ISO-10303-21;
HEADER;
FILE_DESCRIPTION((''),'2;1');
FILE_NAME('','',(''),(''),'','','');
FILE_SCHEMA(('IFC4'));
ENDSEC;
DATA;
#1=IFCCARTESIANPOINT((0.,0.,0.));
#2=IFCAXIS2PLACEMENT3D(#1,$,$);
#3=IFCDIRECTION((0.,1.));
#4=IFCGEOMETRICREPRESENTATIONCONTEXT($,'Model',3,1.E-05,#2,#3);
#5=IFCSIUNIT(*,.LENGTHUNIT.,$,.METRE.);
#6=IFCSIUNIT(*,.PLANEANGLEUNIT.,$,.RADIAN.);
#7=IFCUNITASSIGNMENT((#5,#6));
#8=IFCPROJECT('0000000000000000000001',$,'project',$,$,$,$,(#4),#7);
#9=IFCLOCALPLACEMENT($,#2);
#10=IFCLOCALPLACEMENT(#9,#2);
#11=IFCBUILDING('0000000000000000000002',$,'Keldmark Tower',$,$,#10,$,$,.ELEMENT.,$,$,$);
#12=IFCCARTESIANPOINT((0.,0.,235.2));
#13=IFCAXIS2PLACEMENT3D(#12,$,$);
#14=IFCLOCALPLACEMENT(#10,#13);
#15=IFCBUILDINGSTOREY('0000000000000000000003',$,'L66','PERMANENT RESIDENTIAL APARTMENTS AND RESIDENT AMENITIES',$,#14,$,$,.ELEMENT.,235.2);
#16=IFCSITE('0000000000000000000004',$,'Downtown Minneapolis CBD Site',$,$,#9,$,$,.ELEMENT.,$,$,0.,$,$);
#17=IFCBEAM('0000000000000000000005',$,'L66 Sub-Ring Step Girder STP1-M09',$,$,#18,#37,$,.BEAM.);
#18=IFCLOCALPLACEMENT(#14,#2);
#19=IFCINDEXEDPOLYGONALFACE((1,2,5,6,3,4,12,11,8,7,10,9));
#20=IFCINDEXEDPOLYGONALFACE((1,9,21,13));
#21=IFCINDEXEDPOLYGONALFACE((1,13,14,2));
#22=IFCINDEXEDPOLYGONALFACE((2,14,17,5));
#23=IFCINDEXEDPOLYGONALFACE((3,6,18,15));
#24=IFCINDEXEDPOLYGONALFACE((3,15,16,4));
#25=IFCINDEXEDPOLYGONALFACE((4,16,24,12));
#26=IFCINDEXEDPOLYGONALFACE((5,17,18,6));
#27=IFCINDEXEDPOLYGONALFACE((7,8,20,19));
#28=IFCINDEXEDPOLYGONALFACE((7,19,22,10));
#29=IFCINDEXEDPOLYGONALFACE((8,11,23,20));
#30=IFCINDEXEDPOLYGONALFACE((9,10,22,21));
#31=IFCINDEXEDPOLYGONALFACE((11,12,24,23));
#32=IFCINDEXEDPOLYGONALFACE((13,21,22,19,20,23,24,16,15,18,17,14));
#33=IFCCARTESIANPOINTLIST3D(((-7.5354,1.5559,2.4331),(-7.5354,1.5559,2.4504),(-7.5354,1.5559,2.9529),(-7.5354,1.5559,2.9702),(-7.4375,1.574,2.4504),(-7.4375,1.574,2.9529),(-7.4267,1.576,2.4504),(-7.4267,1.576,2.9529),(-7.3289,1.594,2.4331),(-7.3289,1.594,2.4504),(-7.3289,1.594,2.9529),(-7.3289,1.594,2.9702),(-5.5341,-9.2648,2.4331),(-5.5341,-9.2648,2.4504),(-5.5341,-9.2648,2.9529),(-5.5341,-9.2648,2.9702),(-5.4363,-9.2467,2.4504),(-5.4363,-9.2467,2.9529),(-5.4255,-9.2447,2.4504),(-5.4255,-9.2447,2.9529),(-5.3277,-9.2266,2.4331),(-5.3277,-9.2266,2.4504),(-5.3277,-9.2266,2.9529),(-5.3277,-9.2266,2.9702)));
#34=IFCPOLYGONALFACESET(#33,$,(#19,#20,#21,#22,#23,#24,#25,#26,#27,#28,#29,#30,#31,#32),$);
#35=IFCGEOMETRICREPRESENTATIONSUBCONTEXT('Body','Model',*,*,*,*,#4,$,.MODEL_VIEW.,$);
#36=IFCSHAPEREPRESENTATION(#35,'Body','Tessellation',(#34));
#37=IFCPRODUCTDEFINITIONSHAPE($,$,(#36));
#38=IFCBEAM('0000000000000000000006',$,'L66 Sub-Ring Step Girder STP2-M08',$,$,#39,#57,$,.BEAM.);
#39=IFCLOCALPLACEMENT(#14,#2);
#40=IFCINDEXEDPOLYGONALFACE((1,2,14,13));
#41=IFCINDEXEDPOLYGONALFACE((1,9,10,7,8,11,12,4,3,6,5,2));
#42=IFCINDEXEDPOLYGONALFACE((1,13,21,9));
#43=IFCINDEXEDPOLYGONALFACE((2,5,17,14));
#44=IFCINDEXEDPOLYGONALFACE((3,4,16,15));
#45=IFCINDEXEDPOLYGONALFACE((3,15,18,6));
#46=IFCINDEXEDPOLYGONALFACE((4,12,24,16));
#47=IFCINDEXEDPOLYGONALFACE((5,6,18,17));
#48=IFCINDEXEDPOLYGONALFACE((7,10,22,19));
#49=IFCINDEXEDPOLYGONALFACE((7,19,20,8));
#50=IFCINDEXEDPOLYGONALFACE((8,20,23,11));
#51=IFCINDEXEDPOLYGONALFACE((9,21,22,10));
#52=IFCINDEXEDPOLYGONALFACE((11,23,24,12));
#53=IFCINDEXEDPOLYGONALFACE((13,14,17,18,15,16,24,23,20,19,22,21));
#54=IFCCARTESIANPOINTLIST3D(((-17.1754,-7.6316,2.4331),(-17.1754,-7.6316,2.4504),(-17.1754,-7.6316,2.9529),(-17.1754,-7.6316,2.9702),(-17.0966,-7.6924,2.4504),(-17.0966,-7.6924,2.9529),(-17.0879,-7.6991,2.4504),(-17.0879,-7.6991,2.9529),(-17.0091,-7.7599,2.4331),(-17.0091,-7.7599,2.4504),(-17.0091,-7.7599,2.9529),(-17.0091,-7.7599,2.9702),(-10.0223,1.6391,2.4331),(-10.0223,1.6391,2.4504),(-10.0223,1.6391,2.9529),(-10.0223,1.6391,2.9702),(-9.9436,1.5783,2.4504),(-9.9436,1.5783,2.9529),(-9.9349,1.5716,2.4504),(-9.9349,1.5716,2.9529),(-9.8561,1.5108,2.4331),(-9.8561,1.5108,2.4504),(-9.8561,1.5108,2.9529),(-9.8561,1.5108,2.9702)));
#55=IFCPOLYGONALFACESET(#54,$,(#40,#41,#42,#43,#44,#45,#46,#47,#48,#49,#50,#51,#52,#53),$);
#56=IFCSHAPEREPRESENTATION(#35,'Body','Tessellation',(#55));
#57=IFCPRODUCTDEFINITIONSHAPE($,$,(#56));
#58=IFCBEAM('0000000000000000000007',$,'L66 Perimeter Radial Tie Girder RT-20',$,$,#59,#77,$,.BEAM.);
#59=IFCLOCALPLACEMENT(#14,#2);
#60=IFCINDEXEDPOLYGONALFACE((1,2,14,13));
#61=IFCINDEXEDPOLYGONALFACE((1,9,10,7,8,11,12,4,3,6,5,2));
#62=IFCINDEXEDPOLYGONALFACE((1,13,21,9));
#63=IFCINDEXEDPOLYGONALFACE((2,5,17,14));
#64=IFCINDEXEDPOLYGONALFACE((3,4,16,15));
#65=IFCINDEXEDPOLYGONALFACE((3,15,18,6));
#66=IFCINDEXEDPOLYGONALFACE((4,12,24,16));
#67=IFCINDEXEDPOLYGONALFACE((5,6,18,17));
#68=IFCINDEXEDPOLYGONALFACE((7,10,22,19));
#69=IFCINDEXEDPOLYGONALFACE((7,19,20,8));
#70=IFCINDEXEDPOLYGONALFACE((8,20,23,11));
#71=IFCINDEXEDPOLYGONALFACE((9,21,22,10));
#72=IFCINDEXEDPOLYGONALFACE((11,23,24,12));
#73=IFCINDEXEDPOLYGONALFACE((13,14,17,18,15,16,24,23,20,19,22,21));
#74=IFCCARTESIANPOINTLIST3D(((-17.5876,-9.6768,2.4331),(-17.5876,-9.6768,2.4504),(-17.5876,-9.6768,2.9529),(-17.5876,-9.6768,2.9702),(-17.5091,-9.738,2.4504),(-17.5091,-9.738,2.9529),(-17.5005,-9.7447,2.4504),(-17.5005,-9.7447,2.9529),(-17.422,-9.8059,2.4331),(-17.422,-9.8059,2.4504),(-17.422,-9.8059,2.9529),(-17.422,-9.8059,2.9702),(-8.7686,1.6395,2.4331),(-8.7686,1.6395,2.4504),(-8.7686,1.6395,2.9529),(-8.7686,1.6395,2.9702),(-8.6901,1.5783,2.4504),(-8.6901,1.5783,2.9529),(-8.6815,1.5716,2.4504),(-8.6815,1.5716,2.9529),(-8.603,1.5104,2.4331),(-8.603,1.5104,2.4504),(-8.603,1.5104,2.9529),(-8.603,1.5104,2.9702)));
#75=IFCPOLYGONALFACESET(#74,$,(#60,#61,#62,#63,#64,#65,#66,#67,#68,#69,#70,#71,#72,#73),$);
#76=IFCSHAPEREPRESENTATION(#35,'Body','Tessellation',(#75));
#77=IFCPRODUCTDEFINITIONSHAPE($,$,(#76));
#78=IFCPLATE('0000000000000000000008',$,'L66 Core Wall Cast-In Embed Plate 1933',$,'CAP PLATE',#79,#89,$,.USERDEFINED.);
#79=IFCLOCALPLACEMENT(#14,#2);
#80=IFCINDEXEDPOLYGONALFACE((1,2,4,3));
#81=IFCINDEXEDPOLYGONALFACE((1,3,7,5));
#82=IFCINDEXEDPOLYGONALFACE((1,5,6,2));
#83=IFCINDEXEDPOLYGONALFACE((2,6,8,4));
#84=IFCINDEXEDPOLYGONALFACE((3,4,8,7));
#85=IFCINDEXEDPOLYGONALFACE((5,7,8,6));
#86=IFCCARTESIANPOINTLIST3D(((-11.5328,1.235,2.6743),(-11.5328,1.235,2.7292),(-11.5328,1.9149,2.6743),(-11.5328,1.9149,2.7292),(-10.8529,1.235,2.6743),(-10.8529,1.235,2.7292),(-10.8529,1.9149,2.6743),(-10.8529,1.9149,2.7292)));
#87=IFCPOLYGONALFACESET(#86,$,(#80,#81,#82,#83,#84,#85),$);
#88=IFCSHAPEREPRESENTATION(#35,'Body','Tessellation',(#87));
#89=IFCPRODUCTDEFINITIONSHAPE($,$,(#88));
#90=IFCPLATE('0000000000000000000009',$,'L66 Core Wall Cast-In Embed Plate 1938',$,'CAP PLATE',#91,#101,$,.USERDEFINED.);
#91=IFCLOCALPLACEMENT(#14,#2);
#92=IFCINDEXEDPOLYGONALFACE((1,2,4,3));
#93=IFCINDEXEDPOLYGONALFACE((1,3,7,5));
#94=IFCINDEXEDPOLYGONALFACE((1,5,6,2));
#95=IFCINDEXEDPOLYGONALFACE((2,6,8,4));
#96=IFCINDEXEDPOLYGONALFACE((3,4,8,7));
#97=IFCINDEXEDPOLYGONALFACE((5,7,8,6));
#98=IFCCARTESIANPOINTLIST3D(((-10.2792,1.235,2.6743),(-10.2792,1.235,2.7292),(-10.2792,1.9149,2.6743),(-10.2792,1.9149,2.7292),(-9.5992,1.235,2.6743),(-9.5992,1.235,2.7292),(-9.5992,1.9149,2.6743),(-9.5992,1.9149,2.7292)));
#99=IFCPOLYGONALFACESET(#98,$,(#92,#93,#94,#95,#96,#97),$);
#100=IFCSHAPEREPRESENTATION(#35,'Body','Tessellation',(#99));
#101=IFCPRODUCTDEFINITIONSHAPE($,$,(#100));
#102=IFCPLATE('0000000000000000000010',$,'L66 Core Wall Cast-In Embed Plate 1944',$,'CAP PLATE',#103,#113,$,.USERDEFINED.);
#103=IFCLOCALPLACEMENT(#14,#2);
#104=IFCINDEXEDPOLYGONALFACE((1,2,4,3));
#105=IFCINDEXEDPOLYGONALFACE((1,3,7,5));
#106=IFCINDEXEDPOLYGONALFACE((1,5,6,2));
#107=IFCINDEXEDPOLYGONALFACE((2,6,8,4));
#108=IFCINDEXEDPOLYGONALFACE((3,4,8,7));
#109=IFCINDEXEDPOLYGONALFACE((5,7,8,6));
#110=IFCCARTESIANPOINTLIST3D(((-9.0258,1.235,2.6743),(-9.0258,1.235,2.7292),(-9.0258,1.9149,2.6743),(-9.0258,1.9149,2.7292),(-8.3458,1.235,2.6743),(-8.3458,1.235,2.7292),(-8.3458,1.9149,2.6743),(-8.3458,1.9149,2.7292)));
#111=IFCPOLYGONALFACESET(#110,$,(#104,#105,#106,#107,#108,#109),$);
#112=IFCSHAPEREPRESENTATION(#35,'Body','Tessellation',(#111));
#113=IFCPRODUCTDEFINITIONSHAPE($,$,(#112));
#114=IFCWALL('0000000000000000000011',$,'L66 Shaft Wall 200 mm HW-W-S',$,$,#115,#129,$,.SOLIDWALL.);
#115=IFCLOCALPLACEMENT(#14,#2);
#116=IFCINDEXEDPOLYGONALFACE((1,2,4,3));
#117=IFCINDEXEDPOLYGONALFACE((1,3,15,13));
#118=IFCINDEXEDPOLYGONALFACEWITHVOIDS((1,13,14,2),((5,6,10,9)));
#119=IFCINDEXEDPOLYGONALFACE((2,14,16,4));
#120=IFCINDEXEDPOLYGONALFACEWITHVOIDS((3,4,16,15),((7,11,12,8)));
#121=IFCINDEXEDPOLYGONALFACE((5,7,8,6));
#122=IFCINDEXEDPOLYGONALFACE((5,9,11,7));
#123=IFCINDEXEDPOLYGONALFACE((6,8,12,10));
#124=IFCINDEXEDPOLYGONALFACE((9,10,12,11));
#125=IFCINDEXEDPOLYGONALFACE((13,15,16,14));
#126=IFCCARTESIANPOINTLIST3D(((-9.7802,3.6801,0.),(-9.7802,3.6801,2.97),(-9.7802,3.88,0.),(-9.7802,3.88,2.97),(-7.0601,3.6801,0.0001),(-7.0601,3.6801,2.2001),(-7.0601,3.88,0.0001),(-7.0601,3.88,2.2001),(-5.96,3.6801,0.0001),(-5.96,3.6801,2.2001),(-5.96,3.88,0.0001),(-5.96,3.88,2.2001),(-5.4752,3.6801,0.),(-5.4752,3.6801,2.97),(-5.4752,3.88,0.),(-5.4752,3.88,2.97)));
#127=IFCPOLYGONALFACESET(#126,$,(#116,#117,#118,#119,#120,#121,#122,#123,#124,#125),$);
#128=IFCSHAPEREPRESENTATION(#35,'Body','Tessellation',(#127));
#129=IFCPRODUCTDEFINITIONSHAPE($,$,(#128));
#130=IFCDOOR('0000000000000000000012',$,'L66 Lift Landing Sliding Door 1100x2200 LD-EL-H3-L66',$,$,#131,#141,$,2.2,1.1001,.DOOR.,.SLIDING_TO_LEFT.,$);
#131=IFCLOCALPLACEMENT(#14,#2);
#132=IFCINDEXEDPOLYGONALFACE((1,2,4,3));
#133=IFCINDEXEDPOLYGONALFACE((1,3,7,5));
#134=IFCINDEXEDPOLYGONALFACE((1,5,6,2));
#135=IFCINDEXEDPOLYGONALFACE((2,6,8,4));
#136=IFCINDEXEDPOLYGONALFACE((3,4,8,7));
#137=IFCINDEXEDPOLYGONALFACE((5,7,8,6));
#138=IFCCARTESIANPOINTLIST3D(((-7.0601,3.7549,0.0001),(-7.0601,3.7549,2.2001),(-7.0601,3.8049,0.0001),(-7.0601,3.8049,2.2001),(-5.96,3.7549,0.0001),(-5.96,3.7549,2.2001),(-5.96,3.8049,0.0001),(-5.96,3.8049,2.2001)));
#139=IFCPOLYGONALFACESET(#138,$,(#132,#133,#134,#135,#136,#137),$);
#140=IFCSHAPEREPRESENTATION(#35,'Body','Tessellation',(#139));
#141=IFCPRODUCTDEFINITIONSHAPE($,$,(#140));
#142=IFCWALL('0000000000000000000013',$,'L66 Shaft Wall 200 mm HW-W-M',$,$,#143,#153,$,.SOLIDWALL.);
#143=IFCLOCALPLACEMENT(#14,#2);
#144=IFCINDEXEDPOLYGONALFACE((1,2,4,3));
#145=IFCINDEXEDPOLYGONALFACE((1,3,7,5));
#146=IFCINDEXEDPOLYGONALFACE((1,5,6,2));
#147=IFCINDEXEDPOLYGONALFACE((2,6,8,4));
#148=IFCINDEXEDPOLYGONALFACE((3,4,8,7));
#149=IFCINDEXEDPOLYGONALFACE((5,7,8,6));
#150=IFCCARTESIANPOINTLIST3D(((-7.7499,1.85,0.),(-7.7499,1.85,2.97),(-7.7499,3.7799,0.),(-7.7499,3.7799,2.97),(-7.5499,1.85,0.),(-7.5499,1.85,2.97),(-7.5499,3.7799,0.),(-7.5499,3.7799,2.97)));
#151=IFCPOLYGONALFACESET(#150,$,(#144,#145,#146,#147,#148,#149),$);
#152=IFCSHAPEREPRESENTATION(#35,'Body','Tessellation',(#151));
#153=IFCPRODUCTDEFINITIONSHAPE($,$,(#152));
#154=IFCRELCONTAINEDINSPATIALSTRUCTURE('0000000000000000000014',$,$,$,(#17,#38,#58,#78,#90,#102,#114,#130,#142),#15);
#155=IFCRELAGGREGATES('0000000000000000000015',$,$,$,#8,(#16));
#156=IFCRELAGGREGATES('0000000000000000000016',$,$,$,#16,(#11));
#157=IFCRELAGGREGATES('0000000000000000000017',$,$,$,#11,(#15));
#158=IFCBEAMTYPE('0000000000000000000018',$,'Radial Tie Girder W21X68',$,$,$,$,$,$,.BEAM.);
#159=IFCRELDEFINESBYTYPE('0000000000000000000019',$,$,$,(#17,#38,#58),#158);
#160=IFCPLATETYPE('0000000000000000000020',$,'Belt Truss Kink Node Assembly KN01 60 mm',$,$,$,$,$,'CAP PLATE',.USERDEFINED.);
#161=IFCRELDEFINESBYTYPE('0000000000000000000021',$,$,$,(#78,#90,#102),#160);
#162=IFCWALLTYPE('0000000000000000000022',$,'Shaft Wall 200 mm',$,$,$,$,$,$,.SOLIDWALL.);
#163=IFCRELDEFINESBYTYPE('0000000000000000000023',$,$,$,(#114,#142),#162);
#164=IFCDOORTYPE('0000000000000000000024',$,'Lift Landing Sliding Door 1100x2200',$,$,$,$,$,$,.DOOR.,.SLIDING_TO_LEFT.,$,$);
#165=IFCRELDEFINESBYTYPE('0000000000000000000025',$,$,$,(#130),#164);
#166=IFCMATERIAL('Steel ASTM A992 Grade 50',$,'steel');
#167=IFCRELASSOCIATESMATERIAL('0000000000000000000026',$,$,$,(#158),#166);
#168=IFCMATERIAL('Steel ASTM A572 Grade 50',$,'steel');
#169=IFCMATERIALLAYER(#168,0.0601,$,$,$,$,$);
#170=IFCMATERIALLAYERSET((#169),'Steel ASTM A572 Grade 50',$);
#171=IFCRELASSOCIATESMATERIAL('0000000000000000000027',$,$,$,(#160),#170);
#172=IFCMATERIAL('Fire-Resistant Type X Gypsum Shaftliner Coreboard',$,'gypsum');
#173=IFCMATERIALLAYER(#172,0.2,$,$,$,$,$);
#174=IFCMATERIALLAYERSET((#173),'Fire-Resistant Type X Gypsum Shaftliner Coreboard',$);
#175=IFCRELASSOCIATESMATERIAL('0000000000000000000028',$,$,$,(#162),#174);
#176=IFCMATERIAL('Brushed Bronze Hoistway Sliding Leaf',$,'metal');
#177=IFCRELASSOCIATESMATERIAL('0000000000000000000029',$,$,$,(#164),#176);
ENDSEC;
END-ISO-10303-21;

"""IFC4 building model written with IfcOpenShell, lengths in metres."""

from ifc_helpers import new_model, si_unit, direction, frame, frame_2d, origin, origin_2d, place, context, subcontext, project, spatial, rectangle, i_section, extrude, material, layer, layer_set, material_profile, profile_set, type_object, element, fill, save


model = new_model("IFC4")

# Units and contexts
model_context = context("Model", 3, precision=1e-05, world=origin(), true_north=direction((0.0, 1.0)))
body_context = subcontext(model_context, "Body", "Model", "MODEL_VIEW")
ifc_project = project(units=[si_unit("LENGTHUNIT", "METRE"), si_unit("PLANEANGLEUNIT", "RADIAN")], contexts=[model_context])

# Site, building, storey
site_placement = place(None, origin())
site = spatial("IfcSite", under=ifc_project, at=site_placement, Name="Downtown Minneapolis CBD Site", CompositionType="ELEMENT", RefElevation=0.0)
building_placement = place(site_placement, origin())
building = spatial("IfcBuilding", under=site, at=building_placement, Name="Keldmark Tower", CompositionType="ELEMENT")
storey_placement = place(building_placement, frame((0.0, 0.0, 235.2)))
storey = spatial("IfcBuildingStorey", under=building, at=storey_placement, Name="L66", Description="PERMANENT RESIDENTIAL APARTMENTS AND RESIDENT AMENITIES", CompositionType="ELEMENT", Elevation=235.2)

# Beams
ifc_material_1 = material(Name="Steel ASTM A992 Grade 50", Category="steel")
ifc_material_profile = material_profile(ifc_material_1, i_section(OverallWidth=0.21, OverallDepth=0.5371, WebThickness=0.011, FlangeThickness=0.0173, at=origin_2d()), Name="W21X68")
ifc_profile_set = profile_set([ifc_material_profile], Name="Steel ASTM A992 Grade 50")
beam_type = type_object("IfcBeamType", Name="Radial Tie Girder W21X68", PredefinedType="BEAM", material=ifc_profile_set)
beam_1_placement = place(storey_placement, frame((-7.4321, 1.575, 2.7017), z_axis=(0.181862, -0.983324, 0.0), x_axis=(0.983324, 0.181862, 0.0)))
element("IfcBeam", 1, at=beam_1_placement, inside=storey, type_object=beam_type, Name="L66 Sub-Ring Step Girder STP1-M09", PredefinedType="BEAM", context=body_context, shape_type="SweptSolid", body=[
    extrude(i_section(OverallWidth=0.21, OverallDepth=0.5371, WebThickness=0.011, FlangeThickness=0.0173, at=origin_2d()), origin(), (0.0, 0.0, 1.0), 11.0042),
])
beam_2_placement = place(storey_placement, frame((-9.9392, 1.575, 2.7017), z_axis=(-0.610876, -0.791726, 0.0), x_axis=(0.791726, -0.610876, 0.0)))
element("IfcBeam", 2, at=beam_2_placement, inside=storey, type_object=beam_type, Name="L66 Sub-Ring Step Girder STP2-M08", PredefinedType="BEAM", context=body_context, shape_type="SweptSolid", body=[
    extrude(i_section(OverallWidth=0.21, OverallDepth=0.5371, WebThickness=0.011, FlangeThickness=0.0173, at=origin_2d()), origin(), (0.0, 0.0, 1.0), 11.7095),
])
beam_3_placement = place(storey_placement, frame((-8.6858, 1.575, 2.7017), z_axis=(-0.614698, -0.788763, 0.0), x_axis=(0.788763, -0.614698, 0.0)))
element("IfcBeam", 3, at=beam_3_placement, inside=storey, type_object=beam_type, Name="L66 Perimeter Radial Tie Girder RT-20", PredefinedType="BEAM", context=body_context, shape_type="SweptSolid", body=[
    extrude(i_section(OverallWidth=0.21, OverallDepth=0.5371, WebThickness=0.011, FlangeThickness=0.0173, at=origin_2d()), origin(), (0.0, 0.0, 1.0), 14.3469),
])

# Plates
ifc_material_2 = material(Name="Steel ASTM A572 Grade 50", Category="steel")
ifc_layer_1 = layer(ifc_material_2, 0.0601)
ifc_layer_set_1 = layer_set([ifc_layer_1], Name="Steel ASTM A572 Grade 50")
plate_type = type_object("IfcPlateType", Name="Belt Truss Kink Node Assembly KN01 60 mm", ElementType="CAP PLATE", PredefinedType="USERDEFINED", material=ifc_layer_set_1)
for number, where, z_axis, x_axis, name in (
    (4, (-11.1929, 1.575, 2.6743), (0.0, 0.0, 1.0), (1.0, 0.0, 0.0), "L66 Core Wall Cast-In Embed Plate 1933"),
    (5, (-9.9392, 1.575, 2.6743), (0.0, 0.0, 1.0), (1.0, 0.0, 0.0), "L66 Core Wall Cast-In Embed Plate 1938"),
    (6, (-8.6858, 1.575, 2.6743), (0.0, 0.0, 1.0), (1.0, 0.0, 0.0), "L66 Core Wall Cast-In Embed Plate 1944"),
):
    element("IfcPlate", number, at=place(storey_placement, frame(where, z_axis=z_axis, x_axis=x_axis)), inside=storey, type_object=plate_type, Name=name, ObjectType="CAP PLATE", PredefinedType="USERDEFINED", context=body_context, shape_type="SweptSolid", body=[
        extrude(rectangle(XDim=0.6799, YDim=0.6799, at=origin_2d()), origin(), (0.0, 0.0, 1.0), 0.0549),
    ])

# Wall, opening, door
ifc_material_3 = material(Name="Fire-Resistant Type X Gypsum Shaftliner Coreboard", Category="gypsum")
ifc_layer_2 = layer(ifc_material_3, 0.2)
ifc_layer_set_2 = layer_set([ifc_layer_2], Name="Fire-Resistant Type X Gypsum Shaftliner Coreboard")
wall_type_1 = type_object("IfcWallType", Name="Shaft Wall 200 mm", PredefinedType="SOLIDWALL", material=ifc_layer_set_2)
wall_1_placement = place(storey_placement, frame((-9.78, 3.78, 0.0), z_axis=(0.0, 0.0, 1.0), x_axis=(1.0, 0.0, 0.0)))
wall_1 = element("IfcWall", 7, at=wall_1_placement, inside=storey, type_object=wall_type_1, Name="L66 Shaft Wall 200 mm HW-W-S", PredefinedType="SOLIDWALL", context=body_context, shape_type="SweptSolid", body=[
    extrude(rectangle(XDim=4.3049, YDim=0.2, at=frame_2d((2.1523, 0.0))), origin(), (0.0, 0.0, 1.0), 2.97),
])
opening_1_placement = place(wall_1_placement, frame((2.72, 0.0, 0.0)))
opening_1 = element("IfcOpeningElement", 8, at=opening_1_placement, cuts=wall_1, PredefinedType="OPENING", context=body_context, shape_type="SweptSolid", body=[
    extrude(rectangle(XDim=1.1001, YDim=2.2, at=frame_2d((0.55, 1.1001))), frame((0.0, 0.1099, 0.0), z_axis=(0.0, -1.0, 0.0), x_axis=(1.0, 0.0, 0.0)), (0.0, 0.0, 1.0), 0.22),
])
ifc_material_4 = material(Name="Brushed Bronze Hoistway Sliding Leaf", Category="metal")
door_type = type_object("IfcDoorType", Name="Lift Landing Sliding Door 1100x2200", OperationType="SLIDING_TO_LEFT", PredefinedType="DOOR", material=ifc_material_4)
door_1_placement = place(opening_1_placement, origin())
door_1 = element("IfcDoor", 9, at=door_1_placement, inside=storey, type_object=door_type, Name="L66 Lift Landing Sliding Door 1100x2200 LD-EL-H3-L66", OperationType="SLIDING_TO_LEFT", OverallHeight=2.2, OverallWidth=1.1001, PredefinedType="DOOR", context=body_context, shape_type="SweptSolid", body=[
    extrude(rectangle(XDim=1.1001, YDim=2.2, at=frame_2d((0.55, 1.1001))), frame((0.0, 0.0249, 0.0), z_axis=(0.0, -1.0, 0.0), x_axis=(1.0, 0.0, 0.0)), (0.0, 0.0, 1.0), 0.05),
])
fill(opening_1, door_1)

# Wall
wall_2_placement = place(storey_placement, frame((-7.6499, 1.8501, 0.0), z_axis=(0.0, 0.0, 1.0), x_axis=(0.0, 1.0, 0.0)))
element("IfcWall", 10, at=wall_2_placement, inside=storey, type_object=wall_type_1, Name="L66 Shaft Wall 200 mm HW-W-M", PredefinedType="SOLIDWALL", context=body_context, shape_type="SweptSolid", body=[
    extrude(rectangle(XDim=1.9299, YDim=0.2, at=frame_2d((0.9648, 0.0))), origin(), (0.0, 0.0, 1.0), 2.97),
])

save(model, "model.ifc")
